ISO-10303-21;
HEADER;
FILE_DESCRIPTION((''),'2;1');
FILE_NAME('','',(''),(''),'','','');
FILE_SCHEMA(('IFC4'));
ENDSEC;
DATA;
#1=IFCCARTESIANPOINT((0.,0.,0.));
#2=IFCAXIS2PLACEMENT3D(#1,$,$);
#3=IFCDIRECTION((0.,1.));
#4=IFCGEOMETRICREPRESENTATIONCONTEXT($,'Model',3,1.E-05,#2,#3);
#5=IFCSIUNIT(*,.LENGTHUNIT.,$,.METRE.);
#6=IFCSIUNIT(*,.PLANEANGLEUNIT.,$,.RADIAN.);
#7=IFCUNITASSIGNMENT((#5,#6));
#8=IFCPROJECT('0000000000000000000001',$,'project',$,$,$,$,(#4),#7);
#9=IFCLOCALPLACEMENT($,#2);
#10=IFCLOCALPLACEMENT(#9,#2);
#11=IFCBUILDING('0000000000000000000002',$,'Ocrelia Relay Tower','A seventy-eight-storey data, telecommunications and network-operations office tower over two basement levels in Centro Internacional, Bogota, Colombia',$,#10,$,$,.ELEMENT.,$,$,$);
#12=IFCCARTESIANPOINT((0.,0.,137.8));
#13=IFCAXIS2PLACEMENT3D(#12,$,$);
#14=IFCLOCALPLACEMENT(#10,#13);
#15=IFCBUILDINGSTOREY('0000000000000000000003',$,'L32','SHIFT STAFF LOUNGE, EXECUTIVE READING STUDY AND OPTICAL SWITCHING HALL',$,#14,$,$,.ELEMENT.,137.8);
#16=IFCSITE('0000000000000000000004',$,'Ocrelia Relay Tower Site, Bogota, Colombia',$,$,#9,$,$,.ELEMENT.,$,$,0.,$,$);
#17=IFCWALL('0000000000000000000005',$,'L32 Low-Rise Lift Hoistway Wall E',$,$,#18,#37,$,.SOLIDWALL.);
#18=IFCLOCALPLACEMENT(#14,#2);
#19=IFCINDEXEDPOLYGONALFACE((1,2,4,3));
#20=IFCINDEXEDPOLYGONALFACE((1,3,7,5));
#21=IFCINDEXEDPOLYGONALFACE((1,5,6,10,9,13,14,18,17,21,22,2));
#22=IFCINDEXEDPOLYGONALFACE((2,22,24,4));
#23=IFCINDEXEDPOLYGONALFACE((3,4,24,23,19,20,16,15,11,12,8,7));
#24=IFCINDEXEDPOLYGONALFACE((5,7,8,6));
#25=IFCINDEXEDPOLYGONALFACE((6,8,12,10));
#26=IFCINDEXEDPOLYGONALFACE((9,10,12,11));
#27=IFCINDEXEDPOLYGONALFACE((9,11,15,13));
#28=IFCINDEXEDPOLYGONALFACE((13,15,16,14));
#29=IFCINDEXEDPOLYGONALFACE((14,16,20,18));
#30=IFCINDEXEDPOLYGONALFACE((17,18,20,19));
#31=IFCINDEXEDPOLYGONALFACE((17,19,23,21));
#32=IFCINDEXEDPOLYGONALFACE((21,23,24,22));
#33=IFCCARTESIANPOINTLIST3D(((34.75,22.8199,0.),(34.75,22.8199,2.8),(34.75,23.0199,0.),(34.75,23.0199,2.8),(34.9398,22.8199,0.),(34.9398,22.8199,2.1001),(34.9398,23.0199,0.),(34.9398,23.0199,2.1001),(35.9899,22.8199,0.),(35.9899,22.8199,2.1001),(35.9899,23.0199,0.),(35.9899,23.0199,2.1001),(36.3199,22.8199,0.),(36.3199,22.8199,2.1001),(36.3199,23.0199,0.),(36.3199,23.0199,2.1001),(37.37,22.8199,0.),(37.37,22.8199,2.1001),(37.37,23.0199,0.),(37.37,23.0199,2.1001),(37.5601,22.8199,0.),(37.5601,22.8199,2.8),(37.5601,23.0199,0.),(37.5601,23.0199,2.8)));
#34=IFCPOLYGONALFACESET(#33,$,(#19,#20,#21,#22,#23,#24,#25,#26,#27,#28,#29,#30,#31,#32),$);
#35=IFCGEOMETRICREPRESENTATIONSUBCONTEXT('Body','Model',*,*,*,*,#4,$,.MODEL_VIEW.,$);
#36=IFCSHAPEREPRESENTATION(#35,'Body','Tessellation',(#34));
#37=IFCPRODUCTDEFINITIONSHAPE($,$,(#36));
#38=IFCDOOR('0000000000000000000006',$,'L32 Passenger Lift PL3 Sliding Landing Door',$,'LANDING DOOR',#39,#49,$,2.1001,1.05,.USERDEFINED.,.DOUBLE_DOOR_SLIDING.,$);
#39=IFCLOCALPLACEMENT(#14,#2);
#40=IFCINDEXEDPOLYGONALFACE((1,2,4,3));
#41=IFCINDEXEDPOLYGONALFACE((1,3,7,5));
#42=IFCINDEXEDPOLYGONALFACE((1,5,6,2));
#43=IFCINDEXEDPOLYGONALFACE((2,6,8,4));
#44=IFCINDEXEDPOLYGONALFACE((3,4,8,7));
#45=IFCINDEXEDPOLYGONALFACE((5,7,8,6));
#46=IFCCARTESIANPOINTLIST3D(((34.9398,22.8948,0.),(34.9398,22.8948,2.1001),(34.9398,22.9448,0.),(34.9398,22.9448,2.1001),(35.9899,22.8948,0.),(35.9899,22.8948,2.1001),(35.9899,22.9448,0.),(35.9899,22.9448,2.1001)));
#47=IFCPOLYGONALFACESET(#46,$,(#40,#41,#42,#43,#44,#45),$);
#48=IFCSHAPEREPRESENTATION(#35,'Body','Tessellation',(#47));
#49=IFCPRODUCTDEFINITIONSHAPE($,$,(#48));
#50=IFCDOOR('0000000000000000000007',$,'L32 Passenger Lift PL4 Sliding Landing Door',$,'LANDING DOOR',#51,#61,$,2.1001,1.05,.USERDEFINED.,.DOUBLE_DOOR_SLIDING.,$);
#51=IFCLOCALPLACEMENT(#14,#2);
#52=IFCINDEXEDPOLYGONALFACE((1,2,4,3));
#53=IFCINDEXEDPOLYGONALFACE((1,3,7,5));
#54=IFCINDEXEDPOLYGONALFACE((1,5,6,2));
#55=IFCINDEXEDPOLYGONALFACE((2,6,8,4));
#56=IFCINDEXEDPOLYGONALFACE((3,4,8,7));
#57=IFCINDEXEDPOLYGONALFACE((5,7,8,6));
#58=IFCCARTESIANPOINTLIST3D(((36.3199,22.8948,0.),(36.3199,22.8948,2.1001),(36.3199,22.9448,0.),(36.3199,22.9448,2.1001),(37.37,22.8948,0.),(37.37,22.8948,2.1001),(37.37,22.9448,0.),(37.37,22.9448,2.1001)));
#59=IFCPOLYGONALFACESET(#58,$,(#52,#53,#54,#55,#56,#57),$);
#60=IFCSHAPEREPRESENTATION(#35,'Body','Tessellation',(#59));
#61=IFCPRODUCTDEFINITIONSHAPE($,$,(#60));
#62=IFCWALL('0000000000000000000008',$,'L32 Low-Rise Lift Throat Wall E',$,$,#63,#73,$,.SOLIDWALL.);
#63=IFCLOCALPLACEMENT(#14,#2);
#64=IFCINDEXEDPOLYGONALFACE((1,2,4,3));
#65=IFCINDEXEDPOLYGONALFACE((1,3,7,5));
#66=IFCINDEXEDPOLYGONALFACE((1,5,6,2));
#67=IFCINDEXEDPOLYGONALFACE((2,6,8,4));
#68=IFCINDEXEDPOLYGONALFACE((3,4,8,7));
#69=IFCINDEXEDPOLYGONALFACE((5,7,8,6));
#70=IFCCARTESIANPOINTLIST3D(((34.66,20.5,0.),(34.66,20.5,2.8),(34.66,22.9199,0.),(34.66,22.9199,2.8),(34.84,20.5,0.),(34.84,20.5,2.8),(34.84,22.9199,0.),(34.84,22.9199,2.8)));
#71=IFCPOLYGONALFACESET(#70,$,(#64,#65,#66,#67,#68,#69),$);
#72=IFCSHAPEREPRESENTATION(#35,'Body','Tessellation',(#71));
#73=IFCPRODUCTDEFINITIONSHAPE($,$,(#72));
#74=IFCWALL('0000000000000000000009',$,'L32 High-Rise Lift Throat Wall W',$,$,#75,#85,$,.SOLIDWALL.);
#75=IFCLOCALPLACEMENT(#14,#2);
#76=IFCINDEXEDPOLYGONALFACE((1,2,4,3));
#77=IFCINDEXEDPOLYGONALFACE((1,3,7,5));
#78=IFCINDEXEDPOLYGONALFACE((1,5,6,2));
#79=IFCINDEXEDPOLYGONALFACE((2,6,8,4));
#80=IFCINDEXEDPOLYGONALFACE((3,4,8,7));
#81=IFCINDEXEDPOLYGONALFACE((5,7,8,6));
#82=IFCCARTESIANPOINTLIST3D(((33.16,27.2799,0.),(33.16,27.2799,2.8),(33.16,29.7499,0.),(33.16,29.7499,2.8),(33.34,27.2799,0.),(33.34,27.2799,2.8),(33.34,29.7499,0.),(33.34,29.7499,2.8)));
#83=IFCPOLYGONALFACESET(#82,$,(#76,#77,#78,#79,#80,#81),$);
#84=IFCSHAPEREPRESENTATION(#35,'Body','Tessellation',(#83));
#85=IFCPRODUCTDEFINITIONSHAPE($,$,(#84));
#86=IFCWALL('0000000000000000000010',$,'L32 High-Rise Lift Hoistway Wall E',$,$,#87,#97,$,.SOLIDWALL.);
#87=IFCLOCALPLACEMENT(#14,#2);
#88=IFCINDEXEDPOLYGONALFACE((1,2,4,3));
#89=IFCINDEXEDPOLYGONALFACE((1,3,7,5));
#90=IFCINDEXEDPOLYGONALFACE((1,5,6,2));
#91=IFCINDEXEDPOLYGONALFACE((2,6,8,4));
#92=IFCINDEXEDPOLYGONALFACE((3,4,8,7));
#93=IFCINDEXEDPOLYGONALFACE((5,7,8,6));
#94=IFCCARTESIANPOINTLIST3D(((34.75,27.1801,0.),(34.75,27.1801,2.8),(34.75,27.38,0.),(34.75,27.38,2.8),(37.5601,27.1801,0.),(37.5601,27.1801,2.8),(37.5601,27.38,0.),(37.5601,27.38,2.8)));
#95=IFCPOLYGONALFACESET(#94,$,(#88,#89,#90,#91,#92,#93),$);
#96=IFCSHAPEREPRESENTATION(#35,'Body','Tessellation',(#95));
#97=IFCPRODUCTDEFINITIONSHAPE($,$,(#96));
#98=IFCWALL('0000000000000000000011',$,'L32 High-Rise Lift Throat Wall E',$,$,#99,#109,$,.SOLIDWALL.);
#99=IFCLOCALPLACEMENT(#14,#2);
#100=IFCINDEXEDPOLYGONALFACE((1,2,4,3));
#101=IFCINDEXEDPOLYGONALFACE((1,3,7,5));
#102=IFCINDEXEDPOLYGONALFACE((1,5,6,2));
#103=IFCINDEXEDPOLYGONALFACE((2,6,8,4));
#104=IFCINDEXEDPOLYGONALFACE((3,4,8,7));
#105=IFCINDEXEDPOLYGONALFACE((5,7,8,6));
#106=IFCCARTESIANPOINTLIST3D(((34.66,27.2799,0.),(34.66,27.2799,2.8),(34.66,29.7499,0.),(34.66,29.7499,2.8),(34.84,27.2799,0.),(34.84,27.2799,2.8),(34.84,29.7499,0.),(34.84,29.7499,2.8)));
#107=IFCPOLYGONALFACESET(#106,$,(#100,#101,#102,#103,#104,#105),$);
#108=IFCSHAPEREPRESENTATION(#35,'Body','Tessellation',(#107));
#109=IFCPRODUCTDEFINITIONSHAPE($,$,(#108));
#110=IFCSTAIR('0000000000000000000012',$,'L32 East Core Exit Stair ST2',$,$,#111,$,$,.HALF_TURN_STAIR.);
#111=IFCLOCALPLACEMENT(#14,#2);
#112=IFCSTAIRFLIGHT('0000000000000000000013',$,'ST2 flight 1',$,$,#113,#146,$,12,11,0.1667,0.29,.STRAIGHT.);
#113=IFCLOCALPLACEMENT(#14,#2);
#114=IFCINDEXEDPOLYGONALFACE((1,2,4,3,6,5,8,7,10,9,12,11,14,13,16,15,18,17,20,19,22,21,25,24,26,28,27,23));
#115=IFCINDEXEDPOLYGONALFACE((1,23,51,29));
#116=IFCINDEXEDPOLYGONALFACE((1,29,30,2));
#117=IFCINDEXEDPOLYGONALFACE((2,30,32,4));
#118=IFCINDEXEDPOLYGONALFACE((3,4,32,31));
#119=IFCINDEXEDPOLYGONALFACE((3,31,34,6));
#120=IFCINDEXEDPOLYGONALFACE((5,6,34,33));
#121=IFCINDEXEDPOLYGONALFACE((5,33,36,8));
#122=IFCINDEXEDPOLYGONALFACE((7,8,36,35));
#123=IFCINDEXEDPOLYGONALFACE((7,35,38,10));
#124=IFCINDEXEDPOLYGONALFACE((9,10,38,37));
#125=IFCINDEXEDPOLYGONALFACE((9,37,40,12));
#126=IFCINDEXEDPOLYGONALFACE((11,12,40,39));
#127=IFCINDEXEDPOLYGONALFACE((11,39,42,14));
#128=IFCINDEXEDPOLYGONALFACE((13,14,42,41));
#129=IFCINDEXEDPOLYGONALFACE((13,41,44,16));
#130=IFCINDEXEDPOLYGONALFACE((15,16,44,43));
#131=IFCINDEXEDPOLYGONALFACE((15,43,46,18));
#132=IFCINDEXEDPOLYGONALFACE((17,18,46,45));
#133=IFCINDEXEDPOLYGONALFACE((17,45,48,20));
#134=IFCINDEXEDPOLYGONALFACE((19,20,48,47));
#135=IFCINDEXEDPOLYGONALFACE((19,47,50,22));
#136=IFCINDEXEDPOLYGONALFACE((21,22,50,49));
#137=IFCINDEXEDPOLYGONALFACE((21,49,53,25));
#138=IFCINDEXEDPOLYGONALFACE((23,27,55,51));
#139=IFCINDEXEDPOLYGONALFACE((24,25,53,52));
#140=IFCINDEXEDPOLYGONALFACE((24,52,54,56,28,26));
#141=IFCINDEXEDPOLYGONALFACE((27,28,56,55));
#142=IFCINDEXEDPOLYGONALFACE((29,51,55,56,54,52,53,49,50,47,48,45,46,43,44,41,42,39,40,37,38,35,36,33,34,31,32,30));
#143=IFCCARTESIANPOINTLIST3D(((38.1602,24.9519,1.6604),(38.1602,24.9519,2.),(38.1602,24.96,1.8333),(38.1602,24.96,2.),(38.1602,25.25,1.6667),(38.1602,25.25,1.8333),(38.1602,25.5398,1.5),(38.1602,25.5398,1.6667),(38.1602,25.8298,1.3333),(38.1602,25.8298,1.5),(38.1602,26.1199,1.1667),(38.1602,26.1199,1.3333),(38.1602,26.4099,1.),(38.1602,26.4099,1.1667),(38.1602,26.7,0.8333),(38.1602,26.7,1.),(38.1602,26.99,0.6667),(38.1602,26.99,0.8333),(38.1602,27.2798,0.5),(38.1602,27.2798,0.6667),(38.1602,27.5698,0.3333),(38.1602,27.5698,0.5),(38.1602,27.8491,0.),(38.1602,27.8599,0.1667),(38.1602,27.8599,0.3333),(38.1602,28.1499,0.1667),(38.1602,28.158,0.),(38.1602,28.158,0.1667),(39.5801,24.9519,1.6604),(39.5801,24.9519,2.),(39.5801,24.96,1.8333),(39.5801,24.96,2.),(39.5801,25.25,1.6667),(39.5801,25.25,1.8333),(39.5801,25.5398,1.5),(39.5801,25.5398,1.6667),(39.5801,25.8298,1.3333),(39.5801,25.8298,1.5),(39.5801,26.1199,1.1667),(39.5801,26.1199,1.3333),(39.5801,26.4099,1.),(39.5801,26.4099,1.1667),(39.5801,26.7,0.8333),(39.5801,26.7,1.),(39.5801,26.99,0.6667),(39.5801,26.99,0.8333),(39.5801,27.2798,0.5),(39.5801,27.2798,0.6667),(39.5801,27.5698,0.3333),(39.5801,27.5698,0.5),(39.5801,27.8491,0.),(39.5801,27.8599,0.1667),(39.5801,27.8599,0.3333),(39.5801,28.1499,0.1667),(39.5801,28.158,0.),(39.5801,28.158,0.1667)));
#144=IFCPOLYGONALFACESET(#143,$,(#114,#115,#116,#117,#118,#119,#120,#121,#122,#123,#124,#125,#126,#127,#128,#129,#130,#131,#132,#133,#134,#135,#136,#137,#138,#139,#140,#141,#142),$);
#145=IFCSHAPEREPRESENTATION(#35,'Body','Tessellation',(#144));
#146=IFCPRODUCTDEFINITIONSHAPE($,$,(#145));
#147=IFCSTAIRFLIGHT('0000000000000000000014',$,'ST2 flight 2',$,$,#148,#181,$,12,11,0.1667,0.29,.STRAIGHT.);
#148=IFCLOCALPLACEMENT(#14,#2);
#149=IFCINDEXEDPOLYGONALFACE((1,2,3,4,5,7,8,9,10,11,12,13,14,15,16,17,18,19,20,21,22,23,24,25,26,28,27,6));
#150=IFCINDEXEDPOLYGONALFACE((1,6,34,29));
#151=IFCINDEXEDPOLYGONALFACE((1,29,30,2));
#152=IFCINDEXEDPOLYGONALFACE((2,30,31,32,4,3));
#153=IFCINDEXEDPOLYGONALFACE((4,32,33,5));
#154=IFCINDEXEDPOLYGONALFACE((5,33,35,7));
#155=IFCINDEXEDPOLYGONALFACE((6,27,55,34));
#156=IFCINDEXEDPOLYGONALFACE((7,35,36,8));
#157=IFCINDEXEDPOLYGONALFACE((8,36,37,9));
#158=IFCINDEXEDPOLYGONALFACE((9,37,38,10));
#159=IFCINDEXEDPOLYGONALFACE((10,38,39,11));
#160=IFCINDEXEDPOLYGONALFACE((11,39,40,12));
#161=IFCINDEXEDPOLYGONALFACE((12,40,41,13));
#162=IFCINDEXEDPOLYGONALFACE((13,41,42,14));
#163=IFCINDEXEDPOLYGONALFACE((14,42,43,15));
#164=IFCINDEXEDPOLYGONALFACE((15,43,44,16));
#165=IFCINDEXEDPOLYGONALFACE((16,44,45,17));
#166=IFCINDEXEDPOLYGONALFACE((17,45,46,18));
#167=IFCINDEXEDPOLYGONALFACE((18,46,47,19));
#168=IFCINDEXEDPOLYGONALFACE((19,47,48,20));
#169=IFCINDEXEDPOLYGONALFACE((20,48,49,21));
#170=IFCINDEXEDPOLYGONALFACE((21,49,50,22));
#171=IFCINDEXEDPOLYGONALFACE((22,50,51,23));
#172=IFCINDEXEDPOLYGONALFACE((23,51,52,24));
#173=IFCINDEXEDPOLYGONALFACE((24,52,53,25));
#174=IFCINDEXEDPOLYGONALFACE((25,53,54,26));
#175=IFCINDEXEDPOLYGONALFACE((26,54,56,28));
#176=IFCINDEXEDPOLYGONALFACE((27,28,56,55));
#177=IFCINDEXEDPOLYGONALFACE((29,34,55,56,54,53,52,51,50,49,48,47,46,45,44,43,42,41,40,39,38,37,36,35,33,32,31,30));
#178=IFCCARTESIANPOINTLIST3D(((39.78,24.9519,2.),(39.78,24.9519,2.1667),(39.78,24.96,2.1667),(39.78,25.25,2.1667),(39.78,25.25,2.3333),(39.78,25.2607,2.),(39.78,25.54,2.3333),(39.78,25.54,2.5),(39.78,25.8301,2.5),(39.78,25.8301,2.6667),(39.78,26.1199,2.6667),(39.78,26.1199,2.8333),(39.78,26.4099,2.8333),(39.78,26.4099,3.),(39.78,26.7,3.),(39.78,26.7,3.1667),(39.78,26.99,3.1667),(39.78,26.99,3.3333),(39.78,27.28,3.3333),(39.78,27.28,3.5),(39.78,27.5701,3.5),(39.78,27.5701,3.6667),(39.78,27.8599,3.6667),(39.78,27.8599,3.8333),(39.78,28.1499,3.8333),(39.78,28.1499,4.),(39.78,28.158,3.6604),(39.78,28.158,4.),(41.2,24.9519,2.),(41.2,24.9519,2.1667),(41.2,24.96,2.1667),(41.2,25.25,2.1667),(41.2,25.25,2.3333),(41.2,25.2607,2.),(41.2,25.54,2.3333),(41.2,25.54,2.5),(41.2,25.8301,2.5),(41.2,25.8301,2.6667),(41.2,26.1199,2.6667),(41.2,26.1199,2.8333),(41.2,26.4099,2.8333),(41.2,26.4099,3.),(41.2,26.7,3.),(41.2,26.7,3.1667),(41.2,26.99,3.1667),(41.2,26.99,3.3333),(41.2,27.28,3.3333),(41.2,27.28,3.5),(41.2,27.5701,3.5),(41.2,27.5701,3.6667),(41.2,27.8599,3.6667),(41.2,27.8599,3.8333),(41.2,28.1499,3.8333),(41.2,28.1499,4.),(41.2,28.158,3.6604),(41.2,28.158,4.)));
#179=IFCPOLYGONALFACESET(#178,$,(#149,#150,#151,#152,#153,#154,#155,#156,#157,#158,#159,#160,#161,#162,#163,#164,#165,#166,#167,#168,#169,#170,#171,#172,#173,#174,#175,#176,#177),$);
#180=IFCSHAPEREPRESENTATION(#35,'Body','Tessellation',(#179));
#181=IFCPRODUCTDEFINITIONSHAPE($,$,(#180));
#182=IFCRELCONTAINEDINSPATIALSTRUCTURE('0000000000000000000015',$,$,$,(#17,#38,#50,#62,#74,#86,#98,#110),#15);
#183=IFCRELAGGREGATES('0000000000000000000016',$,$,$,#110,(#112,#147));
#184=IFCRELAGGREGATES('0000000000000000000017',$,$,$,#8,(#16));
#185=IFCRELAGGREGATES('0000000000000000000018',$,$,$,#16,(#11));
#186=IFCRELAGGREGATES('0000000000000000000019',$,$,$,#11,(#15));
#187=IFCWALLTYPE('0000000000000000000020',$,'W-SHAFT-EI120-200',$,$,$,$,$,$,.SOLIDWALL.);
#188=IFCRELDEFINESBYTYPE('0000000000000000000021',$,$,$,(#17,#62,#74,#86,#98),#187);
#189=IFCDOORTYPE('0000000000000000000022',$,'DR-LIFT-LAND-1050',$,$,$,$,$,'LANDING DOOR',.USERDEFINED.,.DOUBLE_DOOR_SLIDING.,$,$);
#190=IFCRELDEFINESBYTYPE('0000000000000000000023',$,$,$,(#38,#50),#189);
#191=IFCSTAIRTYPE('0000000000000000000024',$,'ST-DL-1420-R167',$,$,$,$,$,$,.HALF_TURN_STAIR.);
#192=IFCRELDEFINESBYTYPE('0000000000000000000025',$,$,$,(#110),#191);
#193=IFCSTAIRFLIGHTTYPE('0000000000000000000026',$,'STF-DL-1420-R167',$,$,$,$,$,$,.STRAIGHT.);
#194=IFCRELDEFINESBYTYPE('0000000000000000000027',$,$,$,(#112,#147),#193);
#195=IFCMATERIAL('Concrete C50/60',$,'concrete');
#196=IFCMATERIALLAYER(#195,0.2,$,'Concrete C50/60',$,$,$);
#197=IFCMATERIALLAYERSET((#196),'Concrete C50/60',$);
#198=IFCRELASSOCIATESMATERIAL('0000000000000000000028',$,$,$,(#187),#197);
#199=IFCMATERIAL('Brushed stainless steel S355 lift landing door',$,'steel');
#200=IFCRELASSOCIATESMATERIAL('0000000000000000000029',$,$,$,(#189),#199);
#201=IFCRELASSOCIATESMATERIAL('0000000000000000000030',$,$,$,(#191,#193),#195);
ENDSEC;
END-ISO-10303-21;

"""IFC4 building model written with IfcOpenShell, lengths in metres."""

from ifc_helpers import new_model, si_unit, direction, frame, frame_2d, origin, place, context, subcontext, project, spatial, polyline, rectangle, outline, extrude, material, layer, layer_set, type_object, element, fill, aggregate, save


model = new_model("IFC4")

# Units and contexts
model_context = context("Model", 3, precision=1e-05, world=origin(), true_north=direction((0.0, 1.0)))
body_context = subcontext(model_context, "Body", "Model", "MODEL_VIEW")
ifc_project = project(units=[si_unit("LENGTHUNIT", "METRE"), si_unit("PLANEANGLEUNIT", "RADIAN")], contexts=[model_context])

# Site, building, storey
site_placement = place(None, origin())
site = spatial("IfcSite", under=ifc_project, at=site_placement, Name="Ocrelia Relay Tower Site, Bogota, Colombia", CompositionType="ELEMENT", RefElevation=0.0)
building_placement = place(site_placement, origin())
building = spatial("IfcBuilding", under=site, at=building_placement, Name="Ocrelia Relay Tower", Description="A seventy-eight-storey data, telecommunications and network-operations office tower over two basement levels in Centro Internacional, Bogota, Colombia", CompositionType="ELEMENT")
storey_placement = place(building_placement, frame((0.0, 0.0, 137.8)))
storey = spatial("IfcBuildingStorey", under=building, at=storey_placement, Name="L32", Description="SHIFT STAFF LOUNGE, EXECUTIVE READING STUDY AND OPTICAL SWITCHING HALL", CompositionType="ELEMENT", Elevation=137.8)

# Shared definitions
ifc_material_1 = material(Name="Concrete C50/60", Category="concrete")
ifc_layer_1 = layer(ifc_material_1, 0.2, Name="Concrete C50/60")
ifc_layer_set_1 = layer_set([ifc_layer_1], Name="Concrete C50/60")
wall_type_1 = type_object("IfcWallType", Name="W-SHAFT-EI120-200", PredefinedType="SOLIDWALL", material=ifc_layer_set_1)

# Wall, openings, doors
wall_1_placement = place(storey_placement, frame((34.75, 22.9199, 0.0), z_axis=(0.0, 0.0, 1.0), x_axis=(1.0, 0.0, 0.0)))
wall_1 = element("IfcWall", 1, at=wall_1_placement, inside=storey, type_object=wall_type_1, Name="L32 Low-Rise Lift Hoistway Wall E", PredefinedType="SOLIDWALL", context=body_context, shape_type="SweptSolid", body=[
    extrude(rectangle(XDim=2.8101, YDim=0.2, at=frame_2d((1.405, 0.0))), origin(), (0.0, 0.0, 1.0), 2.8),
])
opening_1_placement = place(wall_1_placement, frame((0.1899, 0.0, 0.0)))
opening_1 = element("IfcOpeningElement", 2, at=opening_1_placement, cuts=wall_1, PredefinedType="OPENING", context=body_context, shape_type="SweptSolid", body=[
    extrude(rectangle(XDim=1.05, YDim=2.1001, at=frame_2d((0.5249, 1.05))), frame((0.0, 0.1099, 0.0), z_axis=(0.0, -1.0, 0.0), x_axis=(1.0, 0.0, 0.0)), (0.0, 0.0, 1.0), 0.22),
])
opening_2_placement = place(wall_1_placement, frame((1.5701, 0.0, 0.0)))
opening_2 = element("IfcOpeningElement", 3, at=opening_2_placement, cuts=wall_1, PredefinedType="OPENING", context=body_context, shape_type="SweptSolid", body=[
    extrude(rectangle(XDim=1.05, YDim=2.1001, at=frame_2d((0.5249, 1.05))), frame((0.0, 0.1099, 0.0), z_axis=(0.0, -1.0, 0.0), x_axis=(1.0, 0.0, 0.0)), (0.0, 0.0, 1.0), 0.22),
])
ifc_material_2 = material(Name="Brushed stainless steel S355 lift landing door", Category="steel")
door_type = type_object("IfcDoorType", Name="DR-LIFT-LAND-1050", ElementType="LANDING DOOR", OperationType="DOUBLE_DOOR_SLIDING", PredefinedType="USERDEFINED", material=ifc_material_2)
door_1_placement = place(opening_1_placement, origin())
door_1 = element("IfcDoor", 4, at=door_1_placement, inside=storey, type_object=door_type, Name="L32 Passenger Lift PL3 Sliding Landing Door", ObjectType="LANDING DOOR", OperationType="DOUBLE_DOOR_SLIDING", OverallHeight=2.1001, OverallWidth=1.05, PredefinedType="USERDEFINED", context=body_context, shape_type="SweptSolid", body=[
    extrude(rectangle(XDim=1.05, YDim=2.1001, at=frame_2d((0.5249, 1.05))), frame((0.0, 0.0249, 0.0), z_axis=(0.0, -1.0, 0.0), x_axis=(1.0, 0.0, 0.0)), (0.0, 0.0, 1.0), 0.05),
])
fill(opening_1, door_1)
door_2_placement = place(opening_2_placement, origin())
door_2 = element("IfcDoor", 5, at=door_2_placement, inside=storey, type_object=door_type, Name="L32 Passenger Lift PL4 Sliding Landing Door", ObjectType="LANDING DOOR", OperationType="DOUBLE_DOOR_SLIDING", OverallHeight=2.1001, OverallWidth=1.05, PredefinedType="USERDEFINED", context=body_context, shape_type="SweptSolid", body=[
    extrude(rectangle(XDim=1.05, YDim=2.1001, at=frame_2d((0.5249, 1.05))), frame((0.0, 0.0249, 0.0), z_axis=(0.0, -1.0, 0.0), x_axis=(1.0, 0.0, 0.0)), (0.0, 0.0, 1.0), 0.05),
])
fill(opening_2, door_2)

# Walls
wall_2_placement = place(storey_placement, frame((34.75, 20.5, 0.0), z_axis=(0.0, 0.0, 1.0), x_axis=(0.0, 1.0, 0.0)))
element("IfcWall", 6, at=wall_2_placement, inside=storey, type_object=wall_type_1, Name="L32 Low-Rise Lift Throat Wall E", PredefinedType="SOLIDWALL", context=body_context, shape_type="SweptSolid", body=[
    extrude(rectangle(XDim=2.4199, YDim=0.1799, at=frame_2d((1.21, 0.0))), origin(), (0.0, 0.0, 1.0), 2.8),
])
wall_3_placement = place(storey_placement, frame((33.25, 27.28, 0.0), z_axis=(0.0, 0.0, 1.0), x_axis=(0.0, 1.0, 0.0)))
element("IfcWall", 7, at=wall_3_placement, inside=storey, type_object=wall_type_1, Name="L32 High-Rise Lift Throat Wall W", PredefinedType="SOLIDWALL", context=body_context, shape_type="SweptSolid", body=[
    extrude(rectangle(XDim=2.47, YDim=0.1799, at=frame_2d((1.2349, 0.0))), origin(), (0.0, 0.0, 1.0), 2.8),
])
wall_4_placement = place(storey_placement, frame((34.75, 27.28, 0.0), z_axis=(0.0, 0.0, 1.0), x_axis=(1.0, 0.0, 0.0)))
element("IfcWall", 8, at=wall_4_placement, inside=storey, type_object=wall_type_1, Name="L32 High-Rise Lift Hoistway Wall E", PredefinedType="SOLIDWALL", context=body_context, shape_type="SweptSolid", body=[
    extrude(rectangle(XDim=2.8101, YDim=0.2, at=frame_2d((1.405, 0.0))), origin(), (0.0, 0.0, 1.0), 2.8),
])
wall_5_placement = place(storey_placement, frame((34.75, 27.28, 0.0), z_axis=(0.0, 0.0, 1.0), x_axis=(0.0, 1.0, 0.0)))
element("IfcWall", 9, at=wall_5_placement, inside=storey, type_object=wall_type_1, Name="L32 High-Rise Lift Throat Wall E", PredefinedType="SOLIDWALL", context=body_context, shape_type="SweptSolid", body=[
    extrude(rectangle(XDim=2.47, YDim=0.1799, at=frame_2d((1.2349, 0.0))), origin(), (0.0, 0.0, 1.0), 2.8),
])

# Stair, stair flights
stair_type = type_object("IfcStairType", Name="ST-DL-1420-R167", PredefinedType="HALF_TURN_STAIR", material=ifc_material_1)
stair_placement = place(storey_placement, origin())
stair = element("IfcStair", 10, at=stair_placement, inside=storey, type_object=stair_type, Name="L32 East Core Exit Stair ST2", PredefinedType="HALF_TURN_STAIR")
stair_flight_type = type_object("IfcStairFlightType", Name="STF-DL-1420-R167", PredefinedType="STRAIGHT", material=ifc_material_1)
stair_flight_1_placement = place(storey_placement, frame((38.8701, 28.1499, 0.0), z_axis=(0.0, 0.0, 1.0), x_axis=(0.0, -1.0, 0.0)))
stair_flight_1 = element("IfcStairFlight", 11, at=stair_flight_1_placement, type_object=stair_flight_type, Name="ST2 flight 1", NumberOfRisers=12, NumberOfTreads=11, PredefinedType="STRAIGHT", RiserHeight=0.1667, TreadLength=0.29, context=body_context, shape_type="SweptSolid", body=[
    extrude(outline(polyline([(-0.0081, 0.0), (-0.0081, 0.1667), (0.0, 0.1667), (0.29, 0.1667), (0.29, 0.3333), (0.5801, 0.3333), (0.5801, 0.5), (0.8701, 0.5), (0.8701, 0.6667), (1.1599, 0.6667), (1.1599, 0.8333), (1.45, 0.8333), (1.45, 1.0), (1.74, 1.0), (1.74, 1.1667), (2.03, 1.1667), (2.03, 1.3333), (2.3201, 1.3333), (2.3201, 1.5), (2.6101, 1.5), (2.6101, 1.6667), (2.8999, 1.6667), (2.8999, 1.8333), (3.1899, 1.8333), (3.1899, 2.0), (3.198, 2.0), (3.198, 1.6604), (0.3008, 0.0), (-0.0081, 0.0)])), frame((0.0, 0.71, 0.0), z_axis=(0.0, -1.0, 0.0), x_axis=(1.0, 0.0, 0.0)), (0.0, 0.0, 1.0), 1.4199),
])
stair_flight_2_placement = place(storey_placement, frame((40.49, 24.96, 2.0), z_axis=(0.0, 0.0, 1.0), x_axis=(0.0, 1.0, 0.0)))
stair_flight_2 = element("IfcStairFlight", 12, at=stair_flight_2_placement, type_object=stair_flight_type, Name="ST2 flight 2", NumberOfRisers=12, NumberOfTreads=11, PredefinedType="STRAIGHT", RiserHeight=0.1667, TreadLength=0.29, context=body_context, shape_type="SweptSolid", body=[
    extrude(outline(polyline([(-0.0081, 0.0), (-0.0081, 0.1667), (0.0, 0.1667), (0.29, 0.1667), (0.29, 0.3333), (0.5801, 0.3333), (0.5801, 0.5), (0.8701, 0.5), (0.8701, 0.6667), (1.1599, 0.6667), (1.1599, 0.8333), (1.45, 0.8333), (1.45, 1.0), (1.74, 1.0), (1.74, 1.1667), (2.03, 1.1667), (2.03, 1.3333), (2.3201, 1.3333), (2.3201, 1.5), (2.6101, 1.5), (2.6101, 1.6667), (2.8999, 1.6667), (2.8999, 1.8333), (3.1899, 1.8333), (3.1899, 2.0), (3.198, 2.0), (3.198, 1.6604), (0.3008, 0.0), (-0.0081, 0.0)])), frame((0.0, 0.71, 0.0), z_axis=(0.0, -1.0, 0.0), x_axis=(1.0, 0.0, 0.0)), (0.0, 0.0, 1.0), 1.4199),
])
aggregate(stair, [stair_flight_1, stair_flight_2])

save(model, "model.ifc")
